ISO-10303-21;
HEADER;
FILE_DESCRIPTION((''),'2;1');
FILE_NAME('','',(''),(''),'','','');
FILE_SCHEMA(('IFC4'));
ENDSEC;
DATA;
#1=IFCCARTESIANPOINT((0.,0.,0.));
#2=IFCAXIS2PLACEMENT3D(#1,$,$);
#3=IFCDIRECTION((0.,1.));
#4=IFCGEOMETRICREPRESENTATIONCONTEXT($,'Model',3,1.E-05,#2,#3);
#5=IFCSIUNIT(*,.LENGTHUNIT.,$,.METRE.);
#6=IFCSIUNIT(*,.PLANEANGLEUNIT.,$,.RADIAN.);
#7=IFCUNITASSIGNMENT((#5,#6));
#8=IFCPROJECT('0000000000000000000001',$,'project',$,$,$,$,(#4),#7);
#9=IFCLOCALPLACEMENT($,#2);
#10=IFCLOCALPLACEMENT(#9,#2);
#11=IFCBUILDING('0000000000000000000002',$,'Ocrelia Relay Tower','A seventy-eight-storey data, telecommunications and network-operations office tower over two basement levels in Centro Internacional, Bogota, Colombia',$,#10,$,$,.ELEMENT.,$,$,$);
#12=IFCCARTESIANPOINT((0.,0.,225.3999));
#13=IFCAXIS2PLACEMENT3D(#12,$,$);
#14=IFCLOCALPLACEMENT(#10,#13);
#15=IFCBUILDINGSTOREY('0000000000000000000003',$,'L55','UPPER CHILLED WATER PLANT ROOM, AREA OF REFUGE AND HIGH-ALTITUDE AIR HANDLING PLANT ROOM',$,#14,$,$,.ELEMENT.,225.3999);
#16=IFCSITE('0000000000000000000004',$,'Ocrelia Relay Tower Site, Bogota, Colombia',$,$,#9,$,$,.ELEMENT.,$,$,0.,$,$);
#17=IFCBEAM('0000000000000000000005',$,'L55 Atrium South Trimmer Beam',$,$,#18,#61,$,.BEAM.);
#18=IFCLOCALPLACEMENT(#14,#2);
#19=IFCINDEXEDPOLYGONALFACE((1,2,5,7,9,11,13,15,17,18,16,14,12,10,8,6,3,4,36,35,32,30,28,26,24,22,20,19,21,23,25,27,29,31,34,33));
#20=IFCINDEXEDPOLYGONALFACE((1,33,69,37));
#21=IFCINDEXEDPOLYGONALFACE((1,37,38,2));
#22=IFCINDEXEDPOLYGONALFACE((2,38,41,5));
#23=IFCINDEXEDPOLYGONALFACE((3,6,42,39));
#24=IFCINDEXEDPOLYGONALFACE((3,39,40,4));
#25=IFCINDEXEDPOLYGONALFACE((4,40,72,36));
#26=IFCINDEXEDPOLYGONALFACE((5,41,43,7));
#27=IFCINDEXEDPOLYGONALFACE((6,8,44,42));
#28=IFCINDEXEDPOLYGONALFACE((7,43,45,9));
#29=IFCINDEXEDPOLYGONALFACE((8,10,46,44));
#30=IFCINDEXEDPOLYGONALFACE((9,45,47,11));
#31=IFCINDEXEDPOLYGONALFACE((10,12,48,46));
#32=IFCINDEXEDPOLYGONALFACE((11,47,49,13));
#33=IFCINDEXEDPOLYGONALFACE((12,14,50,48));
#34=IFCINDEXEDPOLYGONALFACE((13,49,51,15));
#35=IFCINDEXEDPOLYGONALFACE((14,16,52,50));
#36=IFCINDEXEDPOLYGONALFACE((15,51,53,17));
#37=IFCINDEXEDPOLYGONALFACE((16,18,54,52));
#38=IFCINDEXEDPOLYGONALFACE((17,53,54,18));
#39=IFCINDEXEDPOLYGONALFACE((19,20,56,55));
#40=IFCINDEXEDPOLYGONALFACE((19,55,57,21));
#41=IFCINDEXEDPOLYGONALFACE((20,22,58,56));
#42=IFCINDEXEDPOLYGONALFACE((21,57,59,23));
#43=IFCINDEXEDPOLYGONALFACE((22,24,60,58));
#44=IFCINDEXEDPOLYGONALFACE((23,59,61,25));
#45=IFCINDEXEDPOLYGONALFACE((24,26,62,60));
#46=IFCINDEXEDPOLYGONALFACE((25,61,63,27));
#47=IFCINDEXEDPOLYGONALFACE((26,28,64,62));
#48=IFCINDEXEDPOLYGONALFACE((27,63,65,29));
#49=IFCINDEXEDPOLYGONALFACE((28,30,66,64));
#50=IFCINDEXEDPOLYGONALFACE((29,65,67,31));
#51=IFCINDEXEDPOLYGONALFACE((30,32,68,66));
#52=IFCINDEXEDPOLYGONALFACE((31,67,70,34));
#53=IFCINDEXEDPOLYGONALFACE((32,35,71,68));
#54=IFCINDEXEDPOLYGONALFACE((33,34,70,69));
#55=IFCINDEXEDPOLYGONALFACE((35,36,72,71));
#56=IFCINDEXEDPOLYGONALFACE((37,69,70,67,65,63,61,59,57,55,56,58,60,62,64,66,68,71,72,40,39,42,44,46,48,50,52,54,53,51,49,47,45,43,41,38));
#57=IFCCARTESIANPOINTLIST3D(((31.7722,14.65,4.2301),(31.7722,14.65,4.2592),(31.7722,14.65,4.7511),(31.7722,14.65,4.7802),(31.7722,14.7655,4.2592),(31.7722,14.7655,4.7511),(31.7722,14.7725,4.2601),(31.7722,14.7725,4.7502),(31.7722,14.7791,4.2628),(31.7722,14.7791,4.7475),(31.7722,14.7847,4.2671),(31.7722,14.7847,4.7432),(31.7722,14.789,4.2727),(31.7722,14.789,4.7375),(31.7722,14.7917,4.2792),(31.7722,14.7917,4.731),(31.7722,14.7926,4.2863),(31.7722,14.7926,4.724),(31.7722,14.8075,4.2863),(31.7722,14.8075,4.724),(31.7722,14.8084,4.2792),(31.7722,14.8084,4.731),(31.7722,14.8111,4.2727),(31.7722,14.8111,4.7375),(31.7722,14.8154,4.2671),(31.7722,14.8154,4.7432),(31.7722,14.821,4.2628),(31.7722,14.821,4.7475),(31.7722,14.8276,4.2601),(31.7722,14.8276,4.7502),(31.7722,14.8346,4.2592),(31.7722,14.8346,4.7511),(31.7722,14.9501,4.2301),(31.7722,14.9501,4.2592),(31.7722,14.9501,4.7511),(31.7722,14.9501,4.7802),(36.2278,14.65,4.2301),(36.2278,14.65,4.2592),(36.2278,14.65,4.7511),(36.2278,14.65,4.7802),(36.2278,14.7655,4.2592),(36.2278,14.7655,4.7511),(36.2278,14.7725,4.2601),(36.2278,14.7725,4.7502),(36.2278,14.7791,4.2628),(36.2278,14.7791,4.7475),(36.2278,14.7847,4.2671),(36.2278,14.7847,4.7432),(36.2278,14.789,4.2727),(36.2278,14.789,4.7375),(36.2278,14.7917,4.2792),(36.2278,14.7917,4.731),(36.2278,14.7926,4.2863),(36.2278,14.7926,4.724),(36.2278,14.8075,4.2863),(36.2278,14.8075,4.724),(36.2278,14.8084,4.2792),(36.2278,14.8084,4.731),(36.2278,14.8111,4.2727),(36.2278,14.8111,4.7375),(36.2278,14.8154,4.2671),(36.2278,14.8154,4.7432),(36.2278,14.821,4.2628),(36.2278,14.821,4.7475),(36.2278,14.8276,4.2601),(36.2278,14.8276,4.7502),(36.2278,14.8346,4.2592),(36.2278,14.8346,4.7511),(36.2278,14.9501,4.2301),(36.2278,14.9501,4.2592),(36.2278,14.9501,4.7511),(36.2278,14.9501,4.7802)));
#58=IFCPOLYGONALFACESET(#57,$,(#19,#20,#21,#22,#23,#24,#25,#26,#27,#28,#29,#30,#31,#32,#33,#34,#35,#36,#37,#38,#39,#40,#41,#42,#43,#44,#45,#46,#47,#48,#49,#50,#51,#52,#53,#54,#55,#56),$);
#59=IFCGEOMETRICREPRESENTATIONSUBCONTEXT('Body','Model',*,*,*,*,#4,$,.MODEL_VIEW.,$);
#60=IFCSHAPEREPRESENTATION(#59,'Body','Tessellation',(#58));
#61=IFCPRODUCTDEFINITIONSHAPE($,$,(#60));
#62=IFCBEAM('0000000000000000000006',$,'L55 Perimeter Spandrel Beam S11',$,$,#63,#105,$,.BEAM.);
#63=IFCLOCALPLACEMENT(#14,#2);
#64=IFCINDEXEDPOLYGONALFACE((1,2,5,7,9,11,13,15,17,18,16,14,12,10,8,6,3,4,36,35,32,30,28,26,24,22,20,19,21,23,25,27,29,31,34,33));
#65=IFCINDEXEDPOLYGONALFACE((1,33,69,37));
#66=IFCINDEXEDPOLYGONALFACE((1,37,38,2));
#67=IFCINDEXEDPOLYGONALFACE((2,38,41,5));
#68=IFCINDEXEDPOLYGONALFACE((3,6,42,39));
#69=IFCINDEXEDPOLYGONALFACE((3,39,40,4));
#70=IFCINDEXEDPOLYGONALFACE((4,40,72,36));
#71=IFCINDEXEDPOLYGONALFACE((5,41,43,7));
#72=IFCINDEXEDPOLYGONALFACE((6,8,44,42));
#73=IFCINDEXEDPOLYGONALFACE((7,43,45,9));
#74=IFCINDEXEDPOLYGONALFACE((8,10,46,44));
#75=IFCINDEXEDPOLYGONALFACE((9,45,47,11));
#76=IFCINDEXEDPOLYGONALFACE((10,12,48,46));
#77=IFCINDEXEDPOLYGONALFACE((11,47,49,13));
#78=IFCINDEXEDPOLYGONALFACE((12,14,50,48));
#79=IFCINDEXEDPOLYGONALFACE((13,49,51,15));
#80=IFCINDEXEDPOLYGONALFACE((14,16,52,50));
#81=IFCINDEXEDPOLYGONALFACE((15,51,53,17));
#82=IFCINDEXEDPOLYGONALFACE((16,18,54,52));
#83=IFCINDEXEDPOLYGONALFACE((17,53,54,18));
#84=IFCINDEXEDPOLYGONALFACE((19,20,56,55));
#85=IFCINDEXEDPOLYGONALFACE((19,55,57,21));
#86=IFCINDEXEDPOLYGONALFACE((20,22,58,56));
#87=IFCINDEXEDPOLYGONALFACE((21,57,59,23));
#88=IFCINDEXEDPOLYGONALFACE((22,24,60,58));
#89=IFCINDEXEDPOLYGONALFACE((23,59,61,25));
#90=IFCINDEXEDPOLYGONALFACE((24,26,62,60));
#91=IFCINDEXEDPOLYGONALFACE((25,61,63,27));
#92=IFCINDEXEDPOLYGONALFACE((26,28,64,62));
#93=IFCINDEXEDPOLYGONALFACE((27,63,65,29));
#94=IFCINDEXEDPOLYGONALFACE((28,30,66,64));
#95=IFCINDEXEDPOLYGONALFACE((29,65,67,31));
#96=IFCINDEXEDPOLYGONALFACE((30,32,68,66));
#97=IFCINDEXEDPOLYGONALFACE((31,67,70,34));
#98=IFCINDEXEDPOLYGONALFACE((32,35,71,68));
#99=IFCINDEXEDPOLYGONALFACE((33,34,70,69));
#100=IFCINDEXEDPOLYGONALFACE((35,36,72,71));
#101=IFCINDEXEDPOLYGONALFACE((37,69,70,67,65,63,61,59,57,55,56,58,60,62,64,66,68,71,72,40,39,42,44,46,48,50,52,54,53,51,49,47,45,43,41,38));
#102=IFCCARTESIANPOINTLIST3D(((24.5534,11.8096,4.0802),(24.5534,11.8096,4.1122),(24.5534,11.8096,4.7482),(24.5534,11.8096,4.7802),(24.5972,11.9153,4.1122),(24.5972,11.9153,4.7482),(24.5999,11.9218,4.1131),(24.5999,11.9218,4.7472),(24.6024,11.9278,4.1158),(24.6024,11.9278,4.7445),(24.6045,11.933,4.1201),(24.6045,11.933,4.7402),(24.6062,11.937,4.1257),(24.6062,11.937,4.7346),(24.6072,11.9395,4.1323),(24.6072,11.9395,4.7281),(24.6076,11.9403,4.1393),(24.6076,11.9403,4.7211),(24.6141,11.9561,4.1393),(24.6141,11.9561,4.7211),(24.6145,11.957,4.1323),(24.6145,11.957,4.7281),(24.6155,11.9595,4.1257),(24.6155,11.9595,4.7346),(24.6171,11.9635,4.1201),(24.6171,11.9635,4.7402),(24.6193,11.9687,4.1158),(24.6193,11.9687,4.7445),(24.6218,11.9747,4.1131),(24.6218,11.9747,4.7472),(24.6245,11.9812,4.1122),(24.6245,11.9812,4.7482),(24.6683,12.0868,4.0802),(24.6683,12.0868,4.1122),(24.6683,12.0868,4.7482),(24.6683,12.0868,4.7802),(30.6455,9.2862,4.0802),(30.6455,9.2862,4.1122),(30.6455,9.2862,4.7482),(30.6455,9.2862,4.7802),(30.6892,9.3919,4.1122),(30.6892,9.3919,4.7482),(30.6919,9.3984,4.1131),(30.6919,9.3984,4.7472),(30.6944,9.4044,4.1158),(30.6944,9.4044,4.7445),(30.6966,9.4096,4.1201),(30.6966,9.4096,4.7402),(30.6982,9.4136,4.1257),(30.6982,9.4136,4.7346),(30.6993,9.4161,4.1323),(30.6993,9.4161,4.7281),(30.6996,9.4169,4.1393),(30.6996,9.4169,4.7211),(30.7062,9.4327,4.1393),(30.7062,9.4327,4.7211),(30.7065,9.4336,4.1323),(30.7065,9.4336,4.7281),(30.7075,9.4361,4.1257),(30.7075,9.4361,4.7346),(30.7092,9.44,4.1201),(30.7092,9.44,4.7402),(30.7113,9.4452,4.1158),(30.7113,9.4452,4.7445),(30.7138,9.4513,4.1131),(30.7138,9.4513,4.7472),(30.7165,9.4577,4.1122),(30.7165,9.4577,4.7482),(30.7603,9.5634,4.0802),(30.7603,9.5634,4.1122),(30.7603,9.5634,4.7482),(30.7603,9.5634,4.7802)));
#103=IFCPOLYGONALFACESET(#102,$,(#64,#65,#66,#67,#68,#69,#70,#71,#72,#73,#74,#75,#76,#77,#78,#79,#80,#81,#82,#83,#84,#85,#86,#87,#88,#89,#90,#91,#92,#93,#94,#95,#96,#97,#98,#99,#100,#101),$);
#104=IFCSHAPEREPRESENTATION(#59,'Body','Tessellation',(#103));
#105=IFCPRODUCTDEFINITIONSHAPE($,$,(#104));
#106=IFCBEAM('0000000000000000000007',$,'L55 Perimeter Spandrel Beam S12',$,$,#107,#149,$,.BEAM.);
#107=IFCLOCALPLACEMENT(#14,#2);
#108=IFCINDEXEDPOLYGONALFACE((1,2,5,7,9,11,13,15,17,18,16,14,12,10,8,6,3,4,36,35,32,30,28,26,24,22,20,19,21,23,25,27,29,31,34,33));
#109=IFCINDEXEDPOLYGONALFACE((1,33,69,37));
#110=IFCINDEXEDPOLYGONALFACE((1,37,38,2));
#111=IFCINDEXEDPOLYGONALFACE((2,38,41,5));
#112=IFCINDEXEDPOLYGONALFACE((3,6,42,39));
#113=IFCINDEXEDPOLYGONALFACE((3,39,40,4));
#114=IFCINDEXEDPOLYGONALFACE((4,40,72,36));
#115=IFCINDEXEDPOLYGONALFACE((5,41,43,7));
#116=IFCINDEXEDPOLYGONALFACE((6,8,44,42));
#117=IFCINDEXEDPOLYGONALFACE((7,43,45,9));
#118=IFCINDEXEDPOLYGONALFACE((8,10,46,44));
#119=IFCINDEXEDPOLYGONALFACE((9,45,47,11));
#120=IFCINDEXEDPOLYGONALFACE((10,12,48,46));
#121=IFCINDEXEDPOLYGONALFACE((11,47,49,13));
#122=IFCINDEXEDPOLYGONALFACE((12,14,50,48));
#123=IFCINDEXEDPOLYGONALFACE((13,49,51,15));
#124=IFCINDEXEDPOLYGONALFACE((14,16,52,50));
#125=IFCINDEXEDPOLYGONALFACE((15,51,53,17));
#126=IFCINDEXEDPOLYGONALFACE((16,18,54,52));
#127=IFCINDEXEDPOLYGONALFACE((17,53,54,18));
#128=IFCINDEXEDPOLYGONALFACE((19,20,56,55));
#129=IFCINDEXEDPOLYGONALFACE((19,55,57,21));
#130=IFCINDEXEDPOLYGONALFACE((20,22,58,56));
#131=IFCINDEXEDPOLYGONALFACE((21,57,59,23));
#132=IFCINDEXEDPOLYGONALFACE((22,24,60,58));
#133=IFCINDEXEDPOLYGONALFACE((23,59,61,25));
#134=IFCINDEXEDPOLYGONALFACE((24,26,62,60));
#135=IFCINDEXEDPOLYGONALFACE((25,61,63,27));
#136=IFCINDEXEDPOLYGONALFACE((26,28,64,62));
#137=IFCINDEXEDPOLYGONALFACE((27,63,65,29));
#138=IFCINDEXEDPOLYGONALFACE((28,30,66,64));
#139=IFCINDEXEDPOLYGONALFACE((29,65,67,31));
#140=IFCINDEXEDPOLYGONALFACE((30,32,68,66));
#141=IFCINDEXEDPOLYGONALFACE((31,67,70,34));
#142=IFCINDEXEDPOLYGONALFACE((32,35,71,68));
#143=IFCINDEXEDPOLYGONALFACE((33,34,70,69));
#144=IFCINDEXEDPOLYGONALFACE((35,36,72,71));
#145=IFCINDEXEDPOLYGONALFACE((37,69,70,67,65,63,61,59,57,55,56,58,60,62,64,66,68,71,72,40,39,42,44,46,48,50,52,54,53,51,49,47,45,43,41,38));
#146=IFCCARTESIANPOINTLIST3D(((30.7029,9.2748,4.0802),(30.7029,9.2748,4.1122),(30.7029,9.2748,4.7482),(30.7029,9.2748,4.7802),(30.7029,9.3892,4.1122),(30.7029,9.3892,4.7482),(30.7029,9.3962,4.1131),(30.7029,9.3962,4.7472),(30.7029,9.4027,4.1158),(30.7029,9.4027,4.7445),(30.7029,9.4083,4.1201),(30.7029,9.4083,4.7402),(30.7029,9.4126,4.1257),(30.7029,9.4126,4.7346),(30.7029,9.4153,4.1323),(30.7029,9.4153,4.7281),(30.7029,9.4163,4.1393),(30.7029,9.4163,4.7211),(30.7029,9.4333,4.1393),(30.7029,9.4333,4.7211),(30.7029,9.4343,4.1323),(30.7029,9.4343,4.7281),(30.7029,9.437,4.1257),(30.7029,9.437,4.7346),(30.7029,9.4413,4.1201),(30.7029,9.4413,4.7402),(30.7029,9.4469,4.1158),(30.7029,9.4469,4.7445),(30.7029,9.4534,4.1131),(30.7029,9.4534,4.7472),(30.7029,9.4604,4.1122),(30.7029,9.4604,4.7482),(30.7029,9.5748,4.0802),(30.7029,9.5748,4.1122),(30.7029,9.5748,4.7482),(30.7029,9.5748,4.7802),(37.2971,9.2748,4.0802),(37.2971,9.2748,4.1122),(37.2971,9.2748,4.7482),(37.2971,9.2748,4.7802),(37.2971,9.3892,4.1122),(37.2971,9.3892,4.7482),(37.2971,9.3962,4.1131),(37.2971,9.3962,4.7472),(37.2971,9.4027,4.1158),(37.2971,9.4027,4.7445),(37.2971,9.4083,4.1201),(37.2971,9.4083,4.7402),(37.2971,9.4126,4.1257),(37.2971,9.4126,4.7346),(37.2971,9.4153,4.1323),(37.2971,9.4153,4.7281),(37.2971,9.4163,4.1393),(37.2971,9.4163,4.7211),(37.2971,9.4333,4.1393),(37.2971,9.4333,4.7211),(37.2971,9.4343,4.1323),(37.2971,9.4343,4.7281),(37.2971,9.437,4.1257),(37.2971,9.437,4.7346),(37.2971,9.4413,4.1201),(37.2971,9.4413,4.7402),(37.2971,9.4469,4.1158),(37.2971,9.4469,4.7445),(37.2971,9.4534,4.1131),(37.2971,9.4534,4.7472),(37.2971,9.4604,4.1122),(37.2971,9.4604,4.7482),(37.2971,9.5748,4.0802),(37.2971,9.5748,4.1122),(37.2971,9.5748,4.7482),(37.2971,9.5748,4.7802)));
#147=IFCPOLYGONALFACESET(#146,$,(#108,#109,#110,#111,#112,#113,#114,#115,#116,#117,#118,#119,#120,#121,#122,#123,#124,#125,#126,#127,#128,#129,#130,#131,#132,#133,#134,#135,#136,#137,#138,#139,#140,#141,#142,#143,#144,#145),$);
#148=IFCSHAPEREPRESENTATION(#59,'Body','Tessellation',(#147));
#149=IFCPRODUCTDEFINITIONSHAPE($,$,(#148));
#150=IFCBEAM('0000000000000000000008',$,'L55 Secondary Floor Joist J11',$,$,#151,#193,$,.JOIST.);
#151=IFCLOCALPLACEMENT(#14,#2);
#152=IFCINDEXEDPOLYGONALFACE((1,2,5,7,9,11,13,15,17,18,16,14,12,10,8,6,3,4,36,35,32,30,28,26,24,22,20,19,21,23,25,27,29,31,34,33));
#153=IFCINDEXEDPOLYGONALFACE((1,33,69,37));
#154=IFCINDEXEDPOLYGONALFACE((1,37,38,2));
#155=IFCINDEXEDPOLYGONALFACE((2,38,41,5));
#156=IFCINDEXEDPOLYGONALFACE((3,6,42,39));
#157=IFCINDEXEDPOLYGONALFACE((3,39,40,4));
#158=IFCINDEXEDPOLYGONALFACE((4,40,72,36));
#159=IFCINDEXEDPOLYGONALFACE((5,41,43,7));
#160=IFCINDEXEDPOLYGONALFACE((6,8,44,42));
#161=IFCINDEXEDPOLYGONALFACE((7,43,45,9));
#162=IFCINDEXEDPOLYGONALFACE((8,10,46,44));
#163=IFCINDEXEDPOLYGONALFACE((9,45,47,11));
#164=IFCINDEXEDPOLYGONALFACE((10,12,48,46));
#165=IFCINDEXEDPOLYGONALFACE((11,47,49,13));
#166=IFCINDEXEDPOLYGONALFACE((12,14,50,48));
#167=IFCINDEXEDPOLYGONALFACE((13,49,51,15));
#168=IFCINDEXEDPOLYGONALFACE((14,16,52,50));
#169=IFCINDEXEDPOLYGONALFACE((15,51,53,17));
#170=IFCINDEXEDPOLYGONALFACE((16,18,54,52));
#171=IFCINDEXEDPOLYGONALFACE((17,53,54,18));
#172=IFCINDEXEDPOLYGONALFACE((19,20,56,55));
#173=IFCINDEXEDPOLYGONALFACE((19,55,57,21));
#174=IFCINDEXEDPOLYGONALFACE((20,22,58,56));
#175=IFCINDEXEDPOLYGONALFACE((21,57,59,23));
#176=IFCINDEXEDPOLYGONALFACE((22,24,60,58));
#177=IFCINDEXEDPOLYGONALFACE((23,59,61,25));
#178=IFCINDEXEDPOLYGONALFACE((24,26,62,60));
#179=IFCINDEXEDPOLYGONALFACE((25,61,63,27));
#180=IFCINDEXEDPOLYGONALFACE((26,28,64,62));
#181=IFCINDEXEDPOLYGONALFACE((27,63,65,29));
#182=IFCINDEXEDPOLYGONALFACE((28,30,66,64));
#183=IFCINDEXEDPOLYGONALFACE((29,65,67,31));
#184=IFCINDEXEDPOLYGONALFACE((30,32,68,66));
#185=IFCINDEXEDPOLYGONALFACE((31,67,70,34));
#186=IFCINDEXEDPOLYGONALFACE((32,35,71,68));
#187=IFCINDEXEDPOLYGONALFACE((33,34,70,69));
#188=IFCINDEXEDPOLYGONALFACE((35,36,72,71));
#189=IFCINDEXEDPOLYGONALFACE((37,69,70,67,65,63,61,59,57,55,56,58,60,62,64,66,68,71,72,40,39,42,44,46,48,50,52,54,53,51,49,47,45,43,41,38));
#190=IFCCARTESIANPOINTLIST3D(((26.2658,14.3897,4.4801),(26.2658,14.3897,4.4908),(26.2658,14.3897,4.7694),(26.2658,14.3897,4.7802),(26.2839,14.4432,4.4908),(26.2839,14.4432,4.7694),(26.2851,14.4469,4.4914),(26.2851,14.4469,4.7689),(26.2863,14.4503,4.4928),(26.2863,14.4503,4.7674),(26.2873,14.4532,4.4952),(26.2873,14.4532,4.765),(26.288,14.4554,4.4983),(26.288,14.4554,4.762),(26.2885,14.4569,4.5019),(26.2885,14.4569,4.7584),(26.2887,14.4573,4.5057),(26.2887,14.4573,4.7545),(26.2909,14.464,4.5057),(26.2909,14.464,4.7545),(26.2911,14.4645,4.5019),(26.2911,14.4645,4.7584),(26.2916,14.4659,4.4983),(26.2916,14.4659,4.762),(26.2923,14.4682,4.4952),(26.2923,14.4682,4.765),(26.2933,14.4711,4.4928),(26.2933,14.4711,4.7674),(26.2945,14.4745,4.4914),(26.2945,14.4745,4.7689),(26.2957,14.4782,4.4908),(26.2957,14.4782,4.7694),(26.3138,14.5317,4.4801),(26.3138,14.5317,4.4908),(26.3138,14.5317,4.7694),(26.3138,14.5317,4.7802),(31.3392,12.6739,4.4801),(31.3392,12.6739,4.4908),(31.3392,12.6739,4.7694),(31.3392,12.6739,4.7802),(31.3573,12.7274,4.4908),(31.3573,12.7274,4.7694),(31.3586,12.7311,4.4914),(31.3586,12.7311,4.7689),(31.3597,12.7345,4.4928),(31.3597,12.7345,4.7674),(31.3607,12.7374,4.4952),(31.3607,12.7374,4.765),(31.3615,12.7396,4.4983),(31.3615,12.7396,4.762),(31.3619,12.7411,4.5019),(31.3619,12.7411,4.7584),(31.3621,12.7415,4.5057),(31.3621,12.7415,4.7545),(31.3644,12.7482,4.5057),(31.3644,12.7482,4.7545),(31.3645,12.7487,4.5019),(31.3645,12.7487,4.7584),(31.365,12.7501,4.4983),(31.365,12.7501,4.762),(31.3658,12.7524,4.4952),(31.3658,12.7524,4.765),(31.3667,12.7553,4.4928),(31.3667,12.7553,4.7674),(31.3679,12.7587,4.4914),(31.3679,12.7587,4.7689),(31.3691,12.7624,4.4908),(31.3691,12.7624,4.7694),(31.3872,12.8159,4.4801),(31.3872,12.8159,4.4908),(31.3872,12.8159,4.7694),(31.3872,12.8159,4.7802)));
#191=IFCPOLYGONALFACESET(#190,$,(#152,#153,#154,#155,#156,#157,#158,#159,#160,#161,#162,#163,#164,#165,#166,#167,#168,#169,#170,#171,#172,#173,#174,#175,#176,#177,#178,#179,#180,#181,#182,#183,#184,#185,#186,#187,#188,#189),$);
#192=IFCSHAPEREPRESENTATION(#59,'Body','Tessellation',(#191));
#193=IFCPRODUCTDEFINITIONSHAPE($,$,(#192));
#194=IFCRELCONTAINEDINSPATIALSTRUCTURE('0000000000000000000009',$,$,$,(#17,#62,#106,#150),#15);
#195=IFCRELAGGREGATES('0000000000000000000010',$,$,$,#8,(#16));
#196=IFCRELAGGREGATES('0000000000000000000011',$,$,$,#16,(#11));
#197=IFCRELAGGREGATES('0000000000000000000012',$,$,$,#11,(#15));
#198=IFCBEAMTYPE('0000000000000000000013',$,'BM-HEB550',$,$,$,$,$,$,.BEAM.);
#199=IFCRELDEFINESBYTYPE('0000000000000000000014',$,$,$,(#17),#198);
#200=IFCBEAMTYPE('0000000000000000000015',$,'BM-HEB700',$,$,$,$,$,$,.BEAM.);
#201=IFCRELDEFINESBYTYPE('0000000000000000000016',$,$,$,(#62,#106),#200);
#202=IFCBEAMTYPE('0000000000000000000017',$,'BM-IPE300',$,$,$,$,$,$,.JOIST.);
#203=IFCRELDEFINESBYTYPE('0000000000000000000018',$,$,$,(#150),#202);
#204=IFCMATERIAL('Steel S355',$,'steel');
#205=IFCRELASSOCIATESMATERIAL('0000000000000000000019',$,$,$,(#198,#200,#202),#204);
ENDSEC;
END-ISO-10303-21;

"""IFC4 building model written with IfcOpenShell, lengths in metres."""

from ifc_helpers import new_model, si_unit, direction, frame, origin, origin_2d, place, context, subcontext, project, spatial, i_section, extrude, material, material_profile, profile_set, type_object, element, save


model = new_model("IFC4")

# Units and contexts
model_context = context("Model", 3, precision=1e-05, world=origin(), true_north=direction((0.0, 1.0)))
body_context = subcontext(model_context, "Body", "Model", "MODEL_VIEW")
ifc_project = project(units=[si_unit("LENGTHUNIT", "METRE"), si_unit("PLANEANGLEUNIT", "RADIAN")], contexts=[model_context])

# Site, building, storey
site_placement = place(None, origin())
site = spatial("IfcSite", under=ifc_project, at=site_placement, Name="Ocrelia Relay Tower Site, Bogota, Colombia", CompositionType="ELEMENT", RefElevation=0.0)
building_placement = place(site_placement, origin())
building = spatial("IfcBuilding", under=site, at=building_placement, Name="Ocrelia Relay Tower", Description="A seventy-eight-storey data, telecommunications and network-operations office tower over two basement levels in Centro Internacional, Bogota, Colombia", CompositionType="ELEMENT")
storey_placement = place(building_placement, frame((0.0, 0.0, 225.3999)))
storey = spatial("IfcBuildingStorey", under=building, at=storey_placement, Name="L55", Description="UPPER CHILLED WATER PLANT ROOM, AREA OF REFUGE AND HIGH-ALTITUDE AIR HANDLING PLANT ROOM", CompositionType="ELEMENT", Elevation=225.3999)

# Beams
ifc_material_1 = material(Name="Steel S355", Category="steel")
ifc_material_profile_1 = material_profile(ifc_material_1, i_section(OverallWidth=0.3, OverallDepth=0.55, WebThickness=0.0149, FlangeThickness=0.0291, FilletRadius=0.0271, at=origin_2d()), Name="HEB 550")
ifc_profile_set_1 = profile_set([ifc_material_profile_1], Name="Steel S355")
beam_type_1 = type_object("IfcBeamType", Name="BM-HEB550", PredefinedType="BEAM", material=ifc_profile_set_1)
beam_1_placement = place(storey_placement, frame((31.7722, 14.8, 4.5051), z_axis=(1.0, 0.0, 0.0), x_axis=(0.0, 1.0, 0.0)))
element("IfcBeam", 1, at=beam_1_placement, inside=storey, type_object=beam_type_1, Name="L55 Atrium South Trimmer Beam", PredefinedType="BEAM", context=body_context, shape_type="SweptSolid", body=[
    extrude(i_section(OverallWidth=0.3, OverallDepth=0.55, WebThickness=0.0149, FlangeThickness=0.0291, FilletRadius=0.0271, at=origin_2d()), origin(), (0.0, 0.0, 1.0), 4.4556),
])
ifc_material_profile_2 = material_profile(ifc_material_1, i_section(OverallWidth=0.3, OverallDepth=0.7, WebThickness=0.0171, FlangeThickness=0.032, FilletRadius=0.0271, at=origin_2d()), Name="HEB 700")
ifc_profile_set_2 = profile_set([ifc_material_profile_2], Name="Steel S355")
beam_type_2 = type_object("IfcBeamType", Name="BM-HEB700", PredefinedType="BEAM", material=ifc_profile_set_2)
beam_2_placement = place(storey_placement, frame((24.6108, 11.9482, 4.4302), z_axis=(0.923878, -0.382688, 0.0), x_axis=(0.382688, 0.923878, 0.0)))
element("IfcBeam", 2, at=beam_2_placement, inside=storey, type_object=beam_type_2, Name="L55 Perimeter Spandrel Beam S11", PredefinedType="BEAM", context=body_context, shape_type="SweptSolid", body=[
    extrude(i_section(OverallWidth=0.3, OverallDepth=0.7, WebThickness=0.0171, FlangeThickness=0.032, FilletRadius=0.0271, at=origin_2d()), origin(), (0.0, 0.0, 1.0), 6.594),
])
beam_3_placement = place(storey_placement, frame((30.7029, 9.4248, 4.4302), z_axis=(1.0, 0.0, 0.0), x_axis=(0.0, 1.0, 0.0)))
element("IfcBeam", 3, at=beam_3_placement, inside=storey, type_object=beam_type_2, Name="L55 Perimeter Spandrel Beam S12", PredefinedType="BEAM", context=body_context, shape_type="SweptSolid", body=[
    extrude(i_section(OverallWidth=0.3, OverallDepth=0.7, WebThickness=0.0171, FlangeThickness=0.032, FilletRadius=0.0271, at=origin_2d()), origin(), (0.0, 0.0, 1.0), 6.5942),
])
ifc_material_profile_3 = material_profile(ifc_material_1, i_section(OverallWidth=0.1499, OverallDepth=0.3, WebThickness=0.0071, FlangeThickness=0.0107, FilletRadius=0.0149, at=origin_2d()), Name="IPE 300")
ifc_profile_set_3 = profile_set([ifc_material_profile_3], Name="Steel S355")
beam_type_3 = type_object("IfcBeamType", Name="BM-IPE300", PredefinedType="JOIST", material=ifc_profile_set_3)
beam_4_placement = place(storey_placement, frame((26.2898, 14.4607, 4.6301), z_axis=(0.947293, -0.320368, 0.0), x_axis=(0.320368, 0.947293, 0.0)))
element("IfcBeam", 4, at=beam_4_placement, inside=storey, type_object=beam_type_3, Name="L55 Secondary Floor Joist J11", PredefinedType="JOIST", context=body_context, shape_type="SweptSolid", body=[
    extrude(i_section(OverallWidth=0.1499, OverallDepth=0.3, WebThickness=0.0071, FlangeThickness=0.0107, FilletRadius=0.0149, at=origin_2d()), origin(), (0.0, 0.0, 1.0), 5.3557),
])

save(model, "model.ifc")
